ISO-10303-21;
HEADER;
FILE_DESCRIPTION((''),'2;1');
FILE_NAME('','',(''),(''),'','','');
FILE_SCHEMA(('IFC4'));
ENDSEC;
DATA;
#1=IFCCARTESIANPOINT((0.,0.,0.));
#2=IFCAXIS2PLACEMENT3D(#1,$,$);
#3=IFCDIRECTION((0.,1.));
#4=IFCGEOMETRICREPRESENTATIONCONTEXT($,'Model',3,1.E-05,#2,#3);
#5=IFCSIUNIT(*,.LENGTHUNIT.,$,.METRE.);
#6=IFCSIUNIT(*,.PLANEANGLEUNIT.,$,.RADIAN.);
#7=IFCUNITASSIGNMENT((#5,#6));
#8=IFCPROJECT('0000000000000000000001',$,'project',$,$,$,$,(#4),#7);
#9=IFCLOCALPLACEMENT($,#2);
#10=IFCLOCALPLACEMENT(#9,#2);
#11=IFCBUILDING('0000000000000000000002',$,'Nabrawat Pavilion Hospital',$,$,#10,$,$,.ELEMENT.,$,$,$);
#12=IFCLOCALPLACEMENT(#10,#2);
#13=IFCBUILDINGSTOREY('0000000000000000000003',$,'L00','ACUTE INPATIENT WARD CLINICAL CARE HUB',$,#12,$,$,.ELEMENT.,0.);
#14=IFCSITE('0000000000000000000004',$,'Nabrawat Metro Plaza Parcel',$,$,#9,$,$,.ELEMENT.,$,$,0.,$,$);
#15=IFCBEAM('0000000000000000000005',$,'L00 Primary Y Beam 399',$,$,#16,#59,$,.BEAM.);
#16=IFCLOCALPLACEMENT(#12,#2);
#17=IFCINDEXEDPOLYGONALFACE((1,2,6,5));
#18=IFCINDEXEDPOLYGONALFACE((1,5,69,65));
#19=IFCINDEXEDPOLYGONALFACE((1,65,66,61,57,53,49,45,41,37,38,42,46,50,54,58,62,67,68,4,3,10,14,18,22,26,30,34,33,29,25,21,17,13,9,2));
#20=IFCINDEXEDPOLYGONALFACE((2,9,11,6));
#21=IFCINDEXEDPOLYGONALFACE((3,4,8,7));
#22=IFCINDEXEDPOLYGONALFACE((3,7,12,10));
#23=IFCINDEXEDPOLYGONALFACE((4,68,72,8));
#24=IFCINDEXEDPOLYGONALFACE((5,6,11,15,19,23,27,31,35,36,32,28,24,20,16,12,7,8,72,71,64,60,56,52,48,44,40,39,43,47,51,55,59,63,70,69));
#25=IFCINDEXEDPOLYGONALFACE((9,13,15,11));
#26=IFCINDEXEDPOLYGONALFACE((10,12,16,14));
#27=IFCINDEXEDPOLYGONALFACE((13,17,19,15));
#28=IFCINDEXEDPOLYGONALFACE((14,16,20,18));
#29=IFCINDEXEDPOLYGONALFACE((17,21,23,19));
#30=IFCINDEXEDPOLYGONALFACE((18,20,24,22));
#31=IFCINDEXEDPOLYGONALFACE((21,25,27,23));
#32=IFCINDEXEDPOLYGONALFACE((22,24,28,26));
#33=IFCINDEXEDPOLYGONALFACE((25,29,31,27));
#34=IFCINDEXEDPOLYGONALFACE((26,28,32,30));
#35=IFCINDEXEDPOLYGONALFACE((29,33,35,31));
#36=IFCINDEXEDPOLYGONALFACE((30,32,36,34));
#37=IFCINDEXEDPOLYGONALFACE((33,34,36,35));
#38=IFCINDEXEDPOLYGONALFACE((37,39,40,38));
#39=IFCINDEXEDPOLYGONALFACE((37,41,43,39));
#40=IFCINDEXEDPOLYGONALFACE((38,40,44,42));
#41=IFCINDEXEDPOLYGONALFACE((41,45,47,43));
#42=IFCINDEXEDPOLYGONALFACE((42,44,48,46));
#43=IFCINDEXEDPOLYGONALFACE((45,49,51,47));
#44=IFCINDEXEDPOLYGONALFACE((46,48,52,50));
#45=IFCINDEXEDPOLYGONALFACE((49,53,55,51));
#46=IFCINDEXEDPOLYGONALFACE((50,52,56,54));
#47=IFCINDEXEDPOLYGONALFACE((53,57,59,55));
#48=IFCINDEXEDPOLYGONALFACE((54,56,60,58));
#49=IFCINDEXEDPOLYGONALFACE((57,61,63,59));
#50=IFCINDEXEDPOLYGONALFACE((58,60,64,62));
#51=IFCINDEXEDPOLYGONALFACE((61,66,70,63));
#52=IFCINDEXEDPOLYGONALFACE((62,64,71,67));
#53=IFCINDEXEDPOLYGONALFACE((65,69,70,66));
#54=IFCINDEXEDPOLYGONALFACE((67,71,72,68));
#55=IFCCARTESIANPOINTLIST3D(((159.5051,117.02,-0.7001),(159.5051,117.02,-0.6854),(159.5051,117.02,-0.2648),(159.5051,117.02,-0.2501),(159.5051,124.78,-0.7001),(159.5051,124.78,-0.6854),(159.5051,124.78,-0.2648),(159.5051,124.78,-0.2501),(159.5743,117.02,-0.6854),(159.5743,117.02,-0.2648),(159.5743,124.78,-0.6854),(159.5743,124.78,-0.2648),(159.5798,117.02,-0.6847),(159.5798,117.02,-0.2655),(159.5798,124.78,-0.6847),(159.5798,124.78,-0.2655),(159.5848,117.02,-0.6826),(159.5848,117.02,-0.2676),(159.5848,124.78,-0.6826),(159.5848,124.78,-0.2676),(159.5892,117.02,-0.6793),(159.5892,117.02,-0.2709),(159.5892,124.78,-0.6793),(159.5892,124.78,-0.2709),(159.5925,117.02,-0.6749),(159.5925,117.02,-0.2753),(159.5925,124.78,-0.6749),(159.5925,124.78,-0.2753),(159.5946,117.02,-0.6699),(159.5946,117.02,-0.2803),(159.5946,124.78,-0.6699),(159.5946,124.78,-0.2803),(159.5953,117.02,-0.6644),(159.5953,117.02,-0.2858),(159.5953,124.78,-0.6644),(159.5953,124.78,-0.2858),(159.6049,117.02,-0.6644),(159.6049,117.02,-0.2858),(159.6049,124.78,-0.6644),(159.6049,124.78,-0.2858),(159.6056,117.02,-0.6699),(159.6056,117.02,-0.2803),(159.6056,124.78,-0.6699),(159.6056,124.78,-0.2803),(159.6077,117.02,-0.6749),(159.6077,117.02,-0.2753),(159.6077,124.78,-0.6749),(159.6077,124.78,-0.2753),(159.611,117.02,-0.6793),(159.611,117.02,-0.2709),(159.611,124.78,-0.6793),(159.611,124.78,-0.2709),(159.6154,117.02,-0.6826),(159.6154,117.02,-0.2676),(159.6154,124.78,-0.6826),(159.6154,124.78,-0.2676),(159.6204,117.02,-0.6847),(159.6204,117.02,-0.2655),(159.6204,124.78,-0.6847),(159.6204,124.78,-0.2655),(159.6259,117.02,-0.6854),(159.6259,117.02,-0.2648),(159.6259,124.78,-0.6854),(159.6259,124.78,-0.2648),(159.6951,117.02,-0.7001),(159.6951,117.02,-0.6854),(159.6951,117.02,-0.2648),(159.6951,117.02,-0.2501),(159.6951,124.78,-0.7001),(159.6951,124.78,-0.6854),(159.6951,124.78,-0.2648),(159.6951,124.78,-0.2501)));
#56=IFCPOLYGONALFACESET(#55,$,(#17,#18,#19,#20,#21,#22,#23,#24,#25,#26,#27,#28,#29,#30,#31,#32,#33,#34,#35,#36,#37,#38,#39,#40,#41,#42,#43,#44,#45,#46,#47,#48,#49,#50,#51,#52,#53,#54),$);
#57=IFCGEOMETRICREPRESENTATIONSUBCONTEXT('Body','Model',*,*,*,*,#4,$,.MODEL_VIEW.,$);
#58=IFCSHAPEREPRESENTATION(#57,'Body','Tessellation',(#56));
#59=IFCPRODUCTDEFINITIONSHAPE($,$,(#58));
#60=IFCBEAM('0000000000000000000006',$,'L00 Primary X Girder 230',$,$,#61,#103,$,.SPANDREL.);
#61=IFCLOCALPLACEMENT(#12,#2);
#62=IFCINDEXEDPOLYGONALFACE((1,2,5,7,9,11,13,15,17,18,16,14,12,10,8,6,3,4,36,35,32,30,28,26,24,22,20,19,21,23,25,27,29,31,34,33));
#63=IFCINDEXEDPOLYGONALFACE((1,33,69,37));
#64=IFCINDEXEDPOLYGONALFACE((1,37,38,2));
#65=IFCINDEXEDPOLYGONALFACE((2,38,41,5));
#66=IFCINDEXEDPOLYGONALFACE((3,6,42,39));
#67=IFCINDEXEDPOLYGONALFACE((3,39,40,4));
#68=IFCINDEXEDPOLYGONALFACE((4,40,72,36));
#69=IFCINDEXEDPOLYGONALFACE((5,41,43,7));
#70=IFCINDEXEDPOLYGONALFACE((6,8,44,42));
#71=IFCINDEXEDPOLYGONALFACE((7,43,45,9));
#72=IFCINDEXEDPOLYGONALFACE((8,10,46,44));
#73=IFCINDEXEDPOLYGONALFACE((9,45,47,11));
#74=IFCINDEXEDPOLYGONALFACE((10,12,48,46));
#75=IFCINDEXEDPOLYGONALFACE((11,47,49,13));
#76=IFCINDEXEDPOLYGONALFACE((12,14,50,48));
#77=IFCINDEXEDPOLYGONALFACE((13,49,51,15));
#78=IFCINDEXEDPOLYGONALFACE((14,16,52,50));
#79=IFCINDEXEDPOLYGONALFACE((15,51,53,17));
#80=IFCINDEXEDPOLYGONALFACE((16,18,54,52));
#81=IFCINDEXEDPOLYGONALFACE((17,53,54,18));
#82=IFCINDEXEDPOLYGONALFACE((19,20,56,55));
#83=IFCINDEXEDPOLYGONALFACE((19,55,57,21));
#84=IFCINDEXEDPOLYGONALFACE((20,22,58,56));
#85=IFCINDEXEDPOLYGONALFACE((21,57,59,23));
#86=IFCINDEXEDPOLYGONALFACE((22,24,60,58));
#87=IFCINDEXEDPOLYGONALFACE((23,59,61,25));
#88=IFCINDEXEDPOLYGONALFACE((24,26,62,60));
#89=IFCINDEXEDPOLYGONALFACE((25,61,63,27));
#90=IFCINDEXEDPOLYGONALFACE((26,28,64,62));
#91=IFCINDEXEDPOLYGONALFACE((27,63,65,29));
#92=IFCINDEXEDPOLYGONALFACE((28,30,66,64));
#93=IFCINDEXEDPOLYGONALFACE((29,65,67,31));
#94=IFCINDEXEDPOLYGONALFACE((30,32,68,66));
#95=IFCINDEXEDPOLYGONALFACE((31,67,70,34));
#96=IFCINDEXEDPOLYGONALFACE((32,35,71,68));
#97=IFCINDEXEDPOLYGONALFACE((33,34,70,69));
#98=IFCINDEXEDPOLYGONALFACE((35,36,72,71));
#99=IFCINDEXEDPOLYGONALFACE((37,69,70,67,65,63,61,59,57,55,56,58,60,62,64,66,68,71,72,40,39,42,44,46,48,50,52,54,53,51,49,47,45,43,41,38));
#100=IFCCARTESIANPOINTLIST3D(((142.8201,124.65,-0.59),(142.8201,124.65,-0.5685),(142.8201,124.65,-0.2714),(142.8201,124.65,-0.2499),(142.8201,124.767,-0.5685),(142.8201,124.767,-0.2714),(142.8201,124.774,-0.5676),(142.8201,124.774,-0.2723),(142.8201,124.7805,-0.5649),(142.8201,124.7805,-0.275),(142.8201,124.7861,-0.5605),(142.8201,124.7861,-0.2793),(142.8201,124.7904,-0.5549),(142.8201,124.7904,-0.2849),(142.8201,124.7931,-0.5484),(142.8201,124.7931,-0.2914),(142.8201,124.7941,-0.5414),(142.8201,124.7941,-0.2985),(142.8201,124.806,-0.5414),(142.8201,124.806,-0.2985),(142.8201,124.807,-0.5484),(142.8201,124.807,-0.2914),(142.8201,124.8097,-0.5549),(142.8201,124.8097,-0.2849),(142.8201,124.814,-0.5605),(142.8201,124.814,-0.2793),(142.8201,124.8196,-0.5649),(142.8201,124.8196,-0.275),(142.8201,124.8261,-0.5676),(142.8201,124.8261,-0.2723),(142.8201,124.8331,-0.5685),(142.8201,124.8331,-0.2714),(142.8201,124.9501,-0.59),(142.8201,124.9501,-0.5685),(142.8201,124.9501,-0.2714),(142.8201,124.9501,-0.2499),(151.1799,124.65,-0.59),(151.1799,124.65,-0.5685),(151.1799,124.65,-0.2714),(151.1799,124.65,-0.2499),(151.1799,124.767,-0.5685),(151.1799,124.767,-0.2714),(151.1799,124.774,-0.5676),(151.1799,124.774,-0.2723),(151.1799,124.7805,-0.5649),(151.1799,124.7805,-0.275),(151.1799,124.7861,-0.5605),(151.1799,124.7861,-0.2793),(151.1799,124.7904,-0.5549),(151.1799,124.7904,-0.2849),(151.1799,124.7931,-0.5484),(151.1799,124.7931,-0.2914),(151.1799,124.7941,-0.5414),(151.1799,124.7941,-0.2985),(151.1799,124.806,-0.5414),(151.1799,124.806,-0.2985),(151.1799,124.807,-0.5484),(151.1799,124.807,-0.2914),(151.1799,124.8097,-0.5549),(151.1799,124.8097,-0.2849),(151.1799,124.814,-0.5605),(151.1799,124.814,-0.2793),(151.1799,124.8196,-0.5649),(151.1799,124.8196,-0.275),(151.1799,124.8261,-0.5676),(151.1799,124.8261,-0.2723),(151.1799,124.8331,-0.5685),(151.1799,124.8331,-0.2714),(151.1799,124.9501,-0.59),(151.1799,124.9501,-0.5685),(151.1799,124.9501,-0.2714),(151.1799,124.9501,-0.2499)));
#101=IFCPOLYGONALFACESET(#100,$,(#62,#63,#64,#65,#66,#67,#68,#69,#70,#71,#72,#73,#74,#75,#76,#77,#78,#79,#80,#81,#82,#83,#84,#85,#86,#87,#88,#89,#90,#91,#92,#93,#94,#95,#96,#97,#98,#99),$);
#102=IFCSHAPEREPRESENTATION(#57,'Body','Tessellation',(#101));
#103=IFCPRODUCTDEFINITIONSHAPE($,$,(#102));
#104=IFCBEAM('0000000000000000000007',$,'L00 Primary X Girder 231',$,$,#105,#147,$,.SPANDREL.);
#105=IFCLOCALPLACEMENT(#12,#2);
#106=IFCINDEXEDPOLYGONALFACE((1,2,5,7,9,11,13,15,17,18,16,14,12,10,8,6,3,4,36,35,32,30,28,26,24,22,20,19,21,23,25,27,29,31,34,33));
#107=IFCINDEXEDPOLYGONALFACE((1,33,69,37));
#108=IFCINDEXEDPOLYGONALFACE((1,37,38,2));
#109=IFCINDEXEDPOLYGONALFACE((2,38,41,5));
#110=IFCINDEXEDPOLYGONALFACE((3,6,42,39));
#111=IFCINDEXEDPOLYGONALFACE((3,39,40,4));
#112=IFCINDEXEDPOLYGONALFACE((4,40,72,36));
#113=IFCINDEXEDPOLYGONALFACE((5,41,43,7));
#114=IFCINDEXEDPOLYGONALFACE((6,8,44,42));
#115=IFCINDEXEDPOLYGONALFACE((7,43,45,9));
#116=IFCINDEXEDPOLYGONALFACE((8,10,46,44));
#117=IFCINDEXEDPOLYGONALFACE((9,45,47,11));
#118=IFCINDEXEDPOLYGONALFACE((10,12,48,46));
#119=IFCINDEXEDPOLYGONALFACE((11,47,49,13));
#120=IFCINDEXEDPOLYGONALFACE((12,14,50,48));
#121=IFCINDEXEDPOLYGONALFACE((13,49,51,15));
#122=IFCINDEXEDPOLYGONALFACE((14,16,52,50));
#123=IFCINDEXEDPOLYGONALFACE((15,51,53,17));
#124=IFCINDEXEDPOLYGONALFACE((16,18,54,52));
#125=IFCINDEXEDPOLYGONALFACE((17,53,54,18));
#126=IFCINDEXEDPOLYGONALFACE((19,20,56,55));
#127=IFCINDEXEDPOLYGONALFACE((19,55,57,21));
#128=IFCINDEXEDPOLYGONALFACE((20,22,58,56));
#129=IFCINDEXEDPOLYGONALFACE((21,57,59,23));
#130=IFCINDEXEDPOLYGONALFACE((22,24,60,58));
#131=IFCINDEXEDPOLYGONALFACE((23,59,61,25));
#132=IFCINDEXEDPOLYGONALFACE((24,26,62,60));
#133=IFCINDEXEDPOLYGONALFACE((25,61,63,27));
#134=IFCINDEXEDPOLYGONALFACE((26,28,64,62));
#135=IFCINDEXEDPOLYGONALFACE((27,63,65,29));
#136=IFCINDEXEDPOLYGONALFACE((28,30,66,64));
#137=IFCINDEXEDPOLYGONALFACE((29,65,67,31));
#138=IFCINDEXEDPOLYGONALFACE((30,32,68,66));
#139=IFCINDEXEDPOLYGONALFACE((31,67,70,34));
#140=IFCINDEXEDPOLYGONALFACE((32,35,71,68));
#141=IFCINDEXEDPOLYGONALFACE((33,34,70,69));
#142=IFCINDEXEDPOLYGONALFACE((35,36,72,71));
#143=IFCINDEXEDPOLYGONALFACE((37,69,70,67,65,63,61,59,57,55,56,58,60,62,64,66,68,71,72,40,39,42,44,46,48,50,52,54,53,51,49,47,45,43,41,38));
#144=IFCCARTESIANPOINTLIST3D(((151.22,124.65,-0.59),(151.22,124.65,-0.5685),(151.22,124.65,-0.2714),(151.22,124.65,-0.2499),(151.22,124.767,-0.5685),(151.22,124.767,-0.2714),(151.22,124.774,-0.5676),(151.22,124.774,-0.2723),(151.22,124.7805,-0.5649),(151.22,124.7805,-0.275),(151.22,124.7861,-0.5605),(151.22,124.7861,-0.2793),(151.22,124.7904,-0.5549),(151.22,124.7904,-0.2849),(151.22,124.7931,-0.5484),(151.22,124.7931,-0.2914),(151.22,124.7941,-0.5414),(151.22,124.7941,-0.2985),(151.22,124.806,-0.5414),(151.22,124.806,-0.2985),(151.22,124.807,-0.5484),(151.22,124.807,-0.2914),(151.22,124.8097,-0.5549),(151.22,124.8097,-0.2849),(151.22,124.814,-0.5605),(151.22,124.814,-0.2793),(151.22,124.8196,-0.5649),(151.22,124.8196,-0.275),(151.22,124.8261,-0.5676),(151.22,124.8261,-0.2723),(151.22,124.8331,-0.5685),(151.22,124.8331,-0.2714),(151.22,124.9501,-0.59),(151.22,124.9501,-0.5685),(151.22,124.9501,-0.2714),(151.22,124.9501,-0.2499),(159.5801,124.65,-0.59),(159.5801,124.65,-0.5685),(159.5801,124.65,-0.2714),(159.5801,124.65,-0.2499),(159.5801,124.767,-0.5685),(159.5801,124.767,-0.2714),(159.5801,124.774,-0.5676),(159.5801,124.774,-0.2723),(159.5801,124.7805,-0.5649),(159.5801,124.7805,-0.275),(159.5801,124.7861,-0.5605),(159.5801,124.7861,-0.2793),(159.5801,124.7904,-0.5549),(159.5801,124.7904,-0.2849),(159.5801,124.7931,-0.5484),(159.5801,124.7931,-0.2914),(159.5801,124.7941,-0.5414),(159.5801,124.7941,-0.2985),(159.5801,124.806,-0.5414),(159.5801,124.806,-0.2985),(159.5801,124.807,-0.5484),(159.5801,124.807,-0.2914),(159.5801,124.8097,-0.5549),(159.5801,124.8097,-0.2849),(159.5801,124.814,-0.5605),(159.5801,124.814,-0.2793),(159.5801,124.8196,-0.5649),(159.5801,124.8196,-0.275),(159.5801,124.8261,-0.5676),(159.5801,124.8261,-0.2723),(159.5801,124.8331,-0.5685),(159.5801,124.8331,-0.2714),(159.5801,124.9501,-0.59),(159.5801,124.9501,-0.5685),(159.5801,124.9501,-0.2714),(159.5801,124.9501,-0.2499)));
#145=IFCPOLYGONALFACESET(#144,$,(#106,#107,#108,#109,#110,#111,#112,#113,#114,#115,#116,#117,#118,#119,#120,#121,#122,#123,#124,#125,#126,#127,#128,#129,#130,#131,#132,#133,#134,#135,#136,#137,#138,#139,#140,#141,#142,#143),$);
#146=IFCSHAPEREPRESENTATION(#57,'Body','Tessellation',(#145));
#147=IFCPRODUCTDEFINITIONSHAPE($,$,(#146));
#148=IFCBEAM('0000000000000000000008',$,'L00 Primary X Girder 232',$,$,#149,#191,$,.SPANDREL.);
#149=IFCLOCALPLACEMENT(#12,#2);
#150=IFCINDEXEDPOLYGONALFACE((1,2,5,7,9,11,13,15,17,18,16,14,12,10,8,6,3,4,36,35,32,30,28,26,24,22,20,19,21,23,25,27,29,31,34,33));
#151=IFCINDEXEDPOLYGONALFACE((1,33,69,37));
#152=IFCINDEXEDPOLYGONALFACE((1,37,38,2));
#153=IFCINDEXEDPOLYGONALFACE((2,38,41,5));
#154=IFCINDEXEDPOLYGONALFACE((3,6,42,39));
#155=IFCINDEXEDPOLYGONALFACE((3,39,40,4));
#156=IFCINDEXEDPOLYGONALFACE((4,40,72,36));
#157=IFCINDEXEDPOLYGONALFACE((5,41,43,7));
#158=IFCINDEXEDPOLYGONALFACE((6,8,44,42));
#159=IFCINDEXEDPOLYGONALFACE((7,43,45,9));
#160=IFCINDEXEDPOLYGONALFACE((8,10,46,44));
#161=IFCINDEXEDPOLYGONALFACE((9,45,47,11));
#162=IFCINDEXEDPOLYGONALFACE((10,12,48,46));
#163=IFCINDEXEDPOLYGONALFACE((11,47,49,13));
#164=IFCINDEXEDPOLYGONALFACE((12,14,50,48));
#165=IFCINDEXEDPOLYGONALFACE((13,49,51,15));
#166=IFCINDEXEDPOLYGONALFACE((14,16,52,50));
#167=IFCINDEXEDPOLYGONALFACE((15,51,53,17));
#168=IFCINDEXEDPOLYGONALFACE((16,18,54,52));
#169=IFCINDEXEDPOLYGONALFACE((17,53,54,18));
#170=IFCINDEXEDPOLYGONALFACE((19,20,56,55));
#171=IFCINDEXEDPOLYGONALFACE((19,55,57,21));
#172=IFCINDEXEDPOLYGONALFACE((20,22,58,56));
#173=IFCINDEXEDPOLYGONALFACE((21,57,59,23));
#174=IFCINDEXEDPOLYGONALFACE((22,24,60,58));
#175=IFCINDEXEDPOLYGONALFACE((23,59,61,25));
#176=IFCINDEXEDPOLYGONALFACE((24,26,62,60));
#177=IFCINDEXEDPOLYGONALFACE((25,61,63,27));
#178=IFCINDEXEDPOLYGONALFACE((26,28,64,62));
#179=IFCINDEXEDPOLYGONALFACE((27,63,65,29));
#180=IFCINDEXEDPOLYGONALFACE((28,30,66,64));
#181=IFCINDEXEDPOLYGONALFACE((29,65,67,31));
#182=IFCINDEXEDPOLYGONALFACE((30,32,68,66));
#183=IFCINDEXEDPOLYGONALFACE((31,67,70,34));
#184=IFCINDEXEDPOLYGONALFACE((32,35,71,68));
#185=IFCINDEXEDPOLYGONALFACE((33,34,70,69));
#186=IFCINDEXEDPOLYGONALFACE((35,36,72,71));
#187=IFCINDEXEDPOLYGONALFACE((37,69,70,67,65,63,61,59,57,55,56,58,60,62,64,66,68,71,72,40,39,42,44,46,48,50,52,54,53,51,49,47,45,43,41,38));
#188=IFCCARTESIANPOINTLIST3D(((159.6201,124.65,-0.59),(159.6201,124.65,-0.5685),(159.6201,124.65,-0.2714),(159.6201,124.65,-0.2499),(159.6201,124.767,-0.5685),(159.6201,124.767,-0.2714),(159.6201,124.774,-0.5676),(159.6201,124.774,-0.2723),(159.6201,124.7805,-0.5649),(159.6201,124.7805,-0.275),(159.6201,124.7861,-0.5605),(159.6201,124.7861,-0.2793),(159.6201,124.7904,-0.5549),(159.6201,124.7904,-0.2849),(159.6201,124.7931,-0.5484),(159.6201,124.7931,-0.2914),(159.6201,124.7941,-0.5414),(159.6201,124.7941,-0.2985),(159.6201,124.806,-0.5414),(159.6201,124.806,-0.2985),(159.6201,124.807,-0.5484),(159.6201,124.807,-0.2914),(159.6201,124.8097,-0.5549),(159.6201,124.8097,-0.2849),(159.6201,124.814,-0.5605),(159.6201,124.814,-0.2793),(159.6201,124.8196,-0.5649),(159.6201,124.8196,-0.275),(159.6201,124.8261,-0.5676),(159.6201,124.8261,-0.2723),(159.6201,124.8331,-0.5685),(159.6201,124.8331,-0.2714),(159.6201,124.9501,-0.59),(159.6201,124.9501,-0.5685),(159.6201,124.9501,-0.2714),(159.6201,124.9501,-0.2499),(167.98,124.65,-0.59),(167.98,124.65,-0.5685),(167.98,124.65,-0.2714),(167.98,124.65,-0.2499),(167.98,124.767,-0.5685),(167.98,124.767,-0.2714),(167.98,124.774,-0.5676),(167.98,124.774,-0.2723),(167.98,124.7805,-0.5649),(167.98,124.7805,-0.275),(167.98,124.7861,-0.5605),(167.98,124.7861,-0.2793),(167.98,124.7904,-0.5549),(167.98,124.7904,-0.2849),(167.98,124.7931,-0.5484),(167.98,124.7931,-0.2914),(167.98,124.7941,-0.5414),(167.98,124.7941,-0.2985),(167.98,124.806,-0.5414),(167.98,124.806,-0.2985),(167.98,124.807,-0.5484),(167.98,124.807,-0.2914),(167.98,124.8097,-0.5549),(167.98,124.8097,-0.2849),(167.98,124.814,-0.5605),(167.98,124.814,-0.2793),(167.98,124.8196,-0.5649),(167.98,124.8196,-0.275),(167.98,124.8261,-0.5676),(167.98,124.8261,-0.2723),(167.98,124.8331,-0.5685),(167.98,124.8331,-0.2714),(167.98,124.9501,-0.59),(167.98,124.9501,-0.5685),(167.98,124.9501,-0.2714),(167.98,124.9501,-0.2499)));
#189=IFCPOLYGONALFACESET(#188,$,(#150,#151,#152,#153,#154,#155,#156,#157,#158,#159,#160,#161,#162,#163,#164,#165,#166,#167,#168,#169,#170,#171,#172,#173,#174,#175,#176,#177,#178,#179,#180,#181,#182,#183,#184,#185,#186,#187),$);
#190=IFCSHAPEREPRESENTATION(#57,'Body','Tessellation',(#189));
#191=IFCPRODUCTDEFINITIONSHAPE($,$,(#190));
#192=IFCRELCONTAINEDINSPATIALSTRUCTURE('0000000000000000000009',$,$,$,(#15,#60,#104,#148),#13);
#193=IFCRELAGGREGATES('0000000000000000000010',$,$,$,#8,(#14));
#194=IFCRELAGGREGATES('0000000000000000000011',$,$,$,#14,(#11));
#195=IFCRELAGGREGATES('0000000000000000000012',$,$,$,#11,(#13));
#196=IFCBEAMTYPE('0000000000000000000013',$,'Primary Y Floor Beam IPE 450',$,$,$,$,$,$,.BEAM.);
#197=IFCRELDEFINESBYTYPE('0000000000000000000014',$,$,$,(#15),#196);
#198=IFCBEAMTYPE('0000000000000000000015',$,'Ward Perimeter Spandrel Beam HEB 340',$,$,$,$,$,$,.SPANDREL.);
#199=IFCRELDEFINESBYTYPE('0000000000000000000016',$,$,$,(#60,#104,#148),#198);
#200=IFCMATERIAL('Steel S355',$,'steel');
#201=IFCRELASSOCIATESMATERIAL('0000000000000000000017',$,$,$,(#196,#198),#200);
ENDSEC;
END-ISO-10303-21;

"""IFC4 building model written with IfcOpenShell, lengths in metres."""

from ifc_helpers import new_model, si_unit, direction, frame, origin, origin_2d, place, context, subcontext, project, spatial, i_section, extrude, material, material_profile, profile_set, type_object, element, save


model = new_model("IFC4")

# Units and contexts
model_context = context("Model", 3, precision=1e-05, world=origin(), true_north=direction((0.0, 1.0)))
body_context = subcontext(model_context, "Body", "Model", "MODEL_VIEW")
ifc_project = project(units=[si_unit("LENGTHUNIT", "METRE"), si_unit("PLANEANGLEUNIT", "RADIAN")], contexts=[model_context])

# Site, building, storey
site_placement = place(None, origin())
site = spatial("IfcSite", under=ifc_project, at=site_placement, Name="Nabrawat Metro Plaza Parcel", CompositionType="ELEMENT", RefElevation=0.0)
building_placement = place(site_placement, origin())
building = spatial("IfcBuilding", under=site, at=building_placement, Name="Nabrawat Pavilion Hospital", CompositionType="ELEMENT")
storey_placement = place(building_placement, origin())
storey = spatial("IfcBuildingStorey", under=building, at=storey_placement, Name="L00", Description="ACUTE INPATIENT WARD CLINICAL CARE HUB", CompositionType="ELEMENT", Elevation=0.0)

# Beams
ifc_material_1 = material(Name="Steel S355", Category="steel")
ifc_material_profile_1 = material_profile(ifc_material_1, i_section(OverallWidth=0.1899, OverallDepth=0.45, WebThickness=0.0095, FlangeThickness=0.0146, FilletRadius=0.021, at=origin_2d()), Name="IPE 450")
ifc_profile_set_1 = profile_set([ifc_material_profile_1], Name="Steel S355")
beam_type_1 = type_object("IfcBeamType", Name="Primary Y Floor Beam IPE 450", PredefinedType="BEAM", material=ifc_profile_set_1)
for number, where, z_axis, x_axis, name in (
    (1, (159.6001, 117.02, -0.4751), (0.0, 1.0, 0.0), (-1.0, 0.0, 0.0), "L00 Primary Y Beam 399"),
):
    element("IfcBeam", number, at=place(storey_placement, frame(where, z_axis=z_axis, x_axis=x_axis)), inside=storey, type_object=beam_type_1, Name=name, PredefinedType="BEAM", context=body_context, shape_type="SweptSolid", body=[
        extrude(i_section(OverallWidth=0.1899, OverallDepth=0.45, WebThickness=0.0095, FlangeThickness=0.0146, FilletRadius=0.021, at=origin_2d()), origin(), (0.0, 0.0, 1.0), 7.76),
    ])
ifc_material_profile_2 = material_profile(ifc_material_1, i_section(OverallWidth=0.3, OverallDepth=0.3401, WebThickness=0.012, FlangeThickness=0.0215, FilletRadius=0.0271, at=origin_2d()), Name="HEB 340")
ifc_profile_set_2 = profile_set([ifc_material_profile_2], Name="Steel S355")
beam_type_2 = type_object("IfcBeamType", Name="Ward Perimeter Spandrel Beam HEB 340", PredefinedType="SPANDREL", material=ifc_profile_set_2)
beam_1_placement = place(storey_placement, frame((142.8201, 124.8, -0.4199), z_axis=(1.0, 0.0, 0.0), x_axis=(0.0, 1.0, 0.0)))
element("IfcBeam", 2, at=beam_1_placement, inside=storey, type_object=beam_type_2, Name="L00 Primary X Girder 230", PredefinedType="SPANDREL", context=body_context, shape_type="SweptSolid", body=[
    extrude(i_section(OverallWidth=0.3, OverallDepth=0.3401, WebThickness=0.012, FlangeThickness=0.0215, FilletRadius=0.0271, at=origin_2d()), origin(), (0.0, 0.0, 1.0), 8.3599),
])
beam_2_placement = place(storey_placement, frame((151.22, 124.8, -0.4199), z_axis=(1.0, 0.0, 0.0), x_axis=(0.0, 1.0, 0.0)))
element("IfcBeam", 3, at=beam_2_placement, inside=storey, type_object=beam_type_2, Name="L00 Primary X Girder 231", PredefinedType="SPANDREL", context=body_context, shape_type="SweptSolid", body=[
    extrude(i_section(OverallWidth=0.3, OverallDepth=0.3401, WebThickness=0.012, FlangeThickness=0.0215, FilletRadius=0.0271, at=origin_2d()), origin(), (0.0, 0.0, 1.0), 8.3601),
])
beam_3_placement = place(storey_placement, frame((159.6201, 124.8, -0.4199), z_axis=(1.0, 0.0, 0.0), x_axis=(0.0, 1.0, 0.0)))
element("IfcBeam", 4, at=beam_3_placement, inside=storey, type_object=beam_type_2, Name="L00 Primary X Girder 232", PredefinedType="SPANDREL", context=body_context, shape_type="SweptSolid", body=[
    extrude(i_section(OverallWidth=0.3, OverallDepth=0.3401, WebThickness=0.012, FlangeThickness=0.0215, FilletRadius=0.0271, at=origin_2d()), origin(), (0.0, 0.0, 1.0), 8.3599),
])

save(model, "model.ifc")
